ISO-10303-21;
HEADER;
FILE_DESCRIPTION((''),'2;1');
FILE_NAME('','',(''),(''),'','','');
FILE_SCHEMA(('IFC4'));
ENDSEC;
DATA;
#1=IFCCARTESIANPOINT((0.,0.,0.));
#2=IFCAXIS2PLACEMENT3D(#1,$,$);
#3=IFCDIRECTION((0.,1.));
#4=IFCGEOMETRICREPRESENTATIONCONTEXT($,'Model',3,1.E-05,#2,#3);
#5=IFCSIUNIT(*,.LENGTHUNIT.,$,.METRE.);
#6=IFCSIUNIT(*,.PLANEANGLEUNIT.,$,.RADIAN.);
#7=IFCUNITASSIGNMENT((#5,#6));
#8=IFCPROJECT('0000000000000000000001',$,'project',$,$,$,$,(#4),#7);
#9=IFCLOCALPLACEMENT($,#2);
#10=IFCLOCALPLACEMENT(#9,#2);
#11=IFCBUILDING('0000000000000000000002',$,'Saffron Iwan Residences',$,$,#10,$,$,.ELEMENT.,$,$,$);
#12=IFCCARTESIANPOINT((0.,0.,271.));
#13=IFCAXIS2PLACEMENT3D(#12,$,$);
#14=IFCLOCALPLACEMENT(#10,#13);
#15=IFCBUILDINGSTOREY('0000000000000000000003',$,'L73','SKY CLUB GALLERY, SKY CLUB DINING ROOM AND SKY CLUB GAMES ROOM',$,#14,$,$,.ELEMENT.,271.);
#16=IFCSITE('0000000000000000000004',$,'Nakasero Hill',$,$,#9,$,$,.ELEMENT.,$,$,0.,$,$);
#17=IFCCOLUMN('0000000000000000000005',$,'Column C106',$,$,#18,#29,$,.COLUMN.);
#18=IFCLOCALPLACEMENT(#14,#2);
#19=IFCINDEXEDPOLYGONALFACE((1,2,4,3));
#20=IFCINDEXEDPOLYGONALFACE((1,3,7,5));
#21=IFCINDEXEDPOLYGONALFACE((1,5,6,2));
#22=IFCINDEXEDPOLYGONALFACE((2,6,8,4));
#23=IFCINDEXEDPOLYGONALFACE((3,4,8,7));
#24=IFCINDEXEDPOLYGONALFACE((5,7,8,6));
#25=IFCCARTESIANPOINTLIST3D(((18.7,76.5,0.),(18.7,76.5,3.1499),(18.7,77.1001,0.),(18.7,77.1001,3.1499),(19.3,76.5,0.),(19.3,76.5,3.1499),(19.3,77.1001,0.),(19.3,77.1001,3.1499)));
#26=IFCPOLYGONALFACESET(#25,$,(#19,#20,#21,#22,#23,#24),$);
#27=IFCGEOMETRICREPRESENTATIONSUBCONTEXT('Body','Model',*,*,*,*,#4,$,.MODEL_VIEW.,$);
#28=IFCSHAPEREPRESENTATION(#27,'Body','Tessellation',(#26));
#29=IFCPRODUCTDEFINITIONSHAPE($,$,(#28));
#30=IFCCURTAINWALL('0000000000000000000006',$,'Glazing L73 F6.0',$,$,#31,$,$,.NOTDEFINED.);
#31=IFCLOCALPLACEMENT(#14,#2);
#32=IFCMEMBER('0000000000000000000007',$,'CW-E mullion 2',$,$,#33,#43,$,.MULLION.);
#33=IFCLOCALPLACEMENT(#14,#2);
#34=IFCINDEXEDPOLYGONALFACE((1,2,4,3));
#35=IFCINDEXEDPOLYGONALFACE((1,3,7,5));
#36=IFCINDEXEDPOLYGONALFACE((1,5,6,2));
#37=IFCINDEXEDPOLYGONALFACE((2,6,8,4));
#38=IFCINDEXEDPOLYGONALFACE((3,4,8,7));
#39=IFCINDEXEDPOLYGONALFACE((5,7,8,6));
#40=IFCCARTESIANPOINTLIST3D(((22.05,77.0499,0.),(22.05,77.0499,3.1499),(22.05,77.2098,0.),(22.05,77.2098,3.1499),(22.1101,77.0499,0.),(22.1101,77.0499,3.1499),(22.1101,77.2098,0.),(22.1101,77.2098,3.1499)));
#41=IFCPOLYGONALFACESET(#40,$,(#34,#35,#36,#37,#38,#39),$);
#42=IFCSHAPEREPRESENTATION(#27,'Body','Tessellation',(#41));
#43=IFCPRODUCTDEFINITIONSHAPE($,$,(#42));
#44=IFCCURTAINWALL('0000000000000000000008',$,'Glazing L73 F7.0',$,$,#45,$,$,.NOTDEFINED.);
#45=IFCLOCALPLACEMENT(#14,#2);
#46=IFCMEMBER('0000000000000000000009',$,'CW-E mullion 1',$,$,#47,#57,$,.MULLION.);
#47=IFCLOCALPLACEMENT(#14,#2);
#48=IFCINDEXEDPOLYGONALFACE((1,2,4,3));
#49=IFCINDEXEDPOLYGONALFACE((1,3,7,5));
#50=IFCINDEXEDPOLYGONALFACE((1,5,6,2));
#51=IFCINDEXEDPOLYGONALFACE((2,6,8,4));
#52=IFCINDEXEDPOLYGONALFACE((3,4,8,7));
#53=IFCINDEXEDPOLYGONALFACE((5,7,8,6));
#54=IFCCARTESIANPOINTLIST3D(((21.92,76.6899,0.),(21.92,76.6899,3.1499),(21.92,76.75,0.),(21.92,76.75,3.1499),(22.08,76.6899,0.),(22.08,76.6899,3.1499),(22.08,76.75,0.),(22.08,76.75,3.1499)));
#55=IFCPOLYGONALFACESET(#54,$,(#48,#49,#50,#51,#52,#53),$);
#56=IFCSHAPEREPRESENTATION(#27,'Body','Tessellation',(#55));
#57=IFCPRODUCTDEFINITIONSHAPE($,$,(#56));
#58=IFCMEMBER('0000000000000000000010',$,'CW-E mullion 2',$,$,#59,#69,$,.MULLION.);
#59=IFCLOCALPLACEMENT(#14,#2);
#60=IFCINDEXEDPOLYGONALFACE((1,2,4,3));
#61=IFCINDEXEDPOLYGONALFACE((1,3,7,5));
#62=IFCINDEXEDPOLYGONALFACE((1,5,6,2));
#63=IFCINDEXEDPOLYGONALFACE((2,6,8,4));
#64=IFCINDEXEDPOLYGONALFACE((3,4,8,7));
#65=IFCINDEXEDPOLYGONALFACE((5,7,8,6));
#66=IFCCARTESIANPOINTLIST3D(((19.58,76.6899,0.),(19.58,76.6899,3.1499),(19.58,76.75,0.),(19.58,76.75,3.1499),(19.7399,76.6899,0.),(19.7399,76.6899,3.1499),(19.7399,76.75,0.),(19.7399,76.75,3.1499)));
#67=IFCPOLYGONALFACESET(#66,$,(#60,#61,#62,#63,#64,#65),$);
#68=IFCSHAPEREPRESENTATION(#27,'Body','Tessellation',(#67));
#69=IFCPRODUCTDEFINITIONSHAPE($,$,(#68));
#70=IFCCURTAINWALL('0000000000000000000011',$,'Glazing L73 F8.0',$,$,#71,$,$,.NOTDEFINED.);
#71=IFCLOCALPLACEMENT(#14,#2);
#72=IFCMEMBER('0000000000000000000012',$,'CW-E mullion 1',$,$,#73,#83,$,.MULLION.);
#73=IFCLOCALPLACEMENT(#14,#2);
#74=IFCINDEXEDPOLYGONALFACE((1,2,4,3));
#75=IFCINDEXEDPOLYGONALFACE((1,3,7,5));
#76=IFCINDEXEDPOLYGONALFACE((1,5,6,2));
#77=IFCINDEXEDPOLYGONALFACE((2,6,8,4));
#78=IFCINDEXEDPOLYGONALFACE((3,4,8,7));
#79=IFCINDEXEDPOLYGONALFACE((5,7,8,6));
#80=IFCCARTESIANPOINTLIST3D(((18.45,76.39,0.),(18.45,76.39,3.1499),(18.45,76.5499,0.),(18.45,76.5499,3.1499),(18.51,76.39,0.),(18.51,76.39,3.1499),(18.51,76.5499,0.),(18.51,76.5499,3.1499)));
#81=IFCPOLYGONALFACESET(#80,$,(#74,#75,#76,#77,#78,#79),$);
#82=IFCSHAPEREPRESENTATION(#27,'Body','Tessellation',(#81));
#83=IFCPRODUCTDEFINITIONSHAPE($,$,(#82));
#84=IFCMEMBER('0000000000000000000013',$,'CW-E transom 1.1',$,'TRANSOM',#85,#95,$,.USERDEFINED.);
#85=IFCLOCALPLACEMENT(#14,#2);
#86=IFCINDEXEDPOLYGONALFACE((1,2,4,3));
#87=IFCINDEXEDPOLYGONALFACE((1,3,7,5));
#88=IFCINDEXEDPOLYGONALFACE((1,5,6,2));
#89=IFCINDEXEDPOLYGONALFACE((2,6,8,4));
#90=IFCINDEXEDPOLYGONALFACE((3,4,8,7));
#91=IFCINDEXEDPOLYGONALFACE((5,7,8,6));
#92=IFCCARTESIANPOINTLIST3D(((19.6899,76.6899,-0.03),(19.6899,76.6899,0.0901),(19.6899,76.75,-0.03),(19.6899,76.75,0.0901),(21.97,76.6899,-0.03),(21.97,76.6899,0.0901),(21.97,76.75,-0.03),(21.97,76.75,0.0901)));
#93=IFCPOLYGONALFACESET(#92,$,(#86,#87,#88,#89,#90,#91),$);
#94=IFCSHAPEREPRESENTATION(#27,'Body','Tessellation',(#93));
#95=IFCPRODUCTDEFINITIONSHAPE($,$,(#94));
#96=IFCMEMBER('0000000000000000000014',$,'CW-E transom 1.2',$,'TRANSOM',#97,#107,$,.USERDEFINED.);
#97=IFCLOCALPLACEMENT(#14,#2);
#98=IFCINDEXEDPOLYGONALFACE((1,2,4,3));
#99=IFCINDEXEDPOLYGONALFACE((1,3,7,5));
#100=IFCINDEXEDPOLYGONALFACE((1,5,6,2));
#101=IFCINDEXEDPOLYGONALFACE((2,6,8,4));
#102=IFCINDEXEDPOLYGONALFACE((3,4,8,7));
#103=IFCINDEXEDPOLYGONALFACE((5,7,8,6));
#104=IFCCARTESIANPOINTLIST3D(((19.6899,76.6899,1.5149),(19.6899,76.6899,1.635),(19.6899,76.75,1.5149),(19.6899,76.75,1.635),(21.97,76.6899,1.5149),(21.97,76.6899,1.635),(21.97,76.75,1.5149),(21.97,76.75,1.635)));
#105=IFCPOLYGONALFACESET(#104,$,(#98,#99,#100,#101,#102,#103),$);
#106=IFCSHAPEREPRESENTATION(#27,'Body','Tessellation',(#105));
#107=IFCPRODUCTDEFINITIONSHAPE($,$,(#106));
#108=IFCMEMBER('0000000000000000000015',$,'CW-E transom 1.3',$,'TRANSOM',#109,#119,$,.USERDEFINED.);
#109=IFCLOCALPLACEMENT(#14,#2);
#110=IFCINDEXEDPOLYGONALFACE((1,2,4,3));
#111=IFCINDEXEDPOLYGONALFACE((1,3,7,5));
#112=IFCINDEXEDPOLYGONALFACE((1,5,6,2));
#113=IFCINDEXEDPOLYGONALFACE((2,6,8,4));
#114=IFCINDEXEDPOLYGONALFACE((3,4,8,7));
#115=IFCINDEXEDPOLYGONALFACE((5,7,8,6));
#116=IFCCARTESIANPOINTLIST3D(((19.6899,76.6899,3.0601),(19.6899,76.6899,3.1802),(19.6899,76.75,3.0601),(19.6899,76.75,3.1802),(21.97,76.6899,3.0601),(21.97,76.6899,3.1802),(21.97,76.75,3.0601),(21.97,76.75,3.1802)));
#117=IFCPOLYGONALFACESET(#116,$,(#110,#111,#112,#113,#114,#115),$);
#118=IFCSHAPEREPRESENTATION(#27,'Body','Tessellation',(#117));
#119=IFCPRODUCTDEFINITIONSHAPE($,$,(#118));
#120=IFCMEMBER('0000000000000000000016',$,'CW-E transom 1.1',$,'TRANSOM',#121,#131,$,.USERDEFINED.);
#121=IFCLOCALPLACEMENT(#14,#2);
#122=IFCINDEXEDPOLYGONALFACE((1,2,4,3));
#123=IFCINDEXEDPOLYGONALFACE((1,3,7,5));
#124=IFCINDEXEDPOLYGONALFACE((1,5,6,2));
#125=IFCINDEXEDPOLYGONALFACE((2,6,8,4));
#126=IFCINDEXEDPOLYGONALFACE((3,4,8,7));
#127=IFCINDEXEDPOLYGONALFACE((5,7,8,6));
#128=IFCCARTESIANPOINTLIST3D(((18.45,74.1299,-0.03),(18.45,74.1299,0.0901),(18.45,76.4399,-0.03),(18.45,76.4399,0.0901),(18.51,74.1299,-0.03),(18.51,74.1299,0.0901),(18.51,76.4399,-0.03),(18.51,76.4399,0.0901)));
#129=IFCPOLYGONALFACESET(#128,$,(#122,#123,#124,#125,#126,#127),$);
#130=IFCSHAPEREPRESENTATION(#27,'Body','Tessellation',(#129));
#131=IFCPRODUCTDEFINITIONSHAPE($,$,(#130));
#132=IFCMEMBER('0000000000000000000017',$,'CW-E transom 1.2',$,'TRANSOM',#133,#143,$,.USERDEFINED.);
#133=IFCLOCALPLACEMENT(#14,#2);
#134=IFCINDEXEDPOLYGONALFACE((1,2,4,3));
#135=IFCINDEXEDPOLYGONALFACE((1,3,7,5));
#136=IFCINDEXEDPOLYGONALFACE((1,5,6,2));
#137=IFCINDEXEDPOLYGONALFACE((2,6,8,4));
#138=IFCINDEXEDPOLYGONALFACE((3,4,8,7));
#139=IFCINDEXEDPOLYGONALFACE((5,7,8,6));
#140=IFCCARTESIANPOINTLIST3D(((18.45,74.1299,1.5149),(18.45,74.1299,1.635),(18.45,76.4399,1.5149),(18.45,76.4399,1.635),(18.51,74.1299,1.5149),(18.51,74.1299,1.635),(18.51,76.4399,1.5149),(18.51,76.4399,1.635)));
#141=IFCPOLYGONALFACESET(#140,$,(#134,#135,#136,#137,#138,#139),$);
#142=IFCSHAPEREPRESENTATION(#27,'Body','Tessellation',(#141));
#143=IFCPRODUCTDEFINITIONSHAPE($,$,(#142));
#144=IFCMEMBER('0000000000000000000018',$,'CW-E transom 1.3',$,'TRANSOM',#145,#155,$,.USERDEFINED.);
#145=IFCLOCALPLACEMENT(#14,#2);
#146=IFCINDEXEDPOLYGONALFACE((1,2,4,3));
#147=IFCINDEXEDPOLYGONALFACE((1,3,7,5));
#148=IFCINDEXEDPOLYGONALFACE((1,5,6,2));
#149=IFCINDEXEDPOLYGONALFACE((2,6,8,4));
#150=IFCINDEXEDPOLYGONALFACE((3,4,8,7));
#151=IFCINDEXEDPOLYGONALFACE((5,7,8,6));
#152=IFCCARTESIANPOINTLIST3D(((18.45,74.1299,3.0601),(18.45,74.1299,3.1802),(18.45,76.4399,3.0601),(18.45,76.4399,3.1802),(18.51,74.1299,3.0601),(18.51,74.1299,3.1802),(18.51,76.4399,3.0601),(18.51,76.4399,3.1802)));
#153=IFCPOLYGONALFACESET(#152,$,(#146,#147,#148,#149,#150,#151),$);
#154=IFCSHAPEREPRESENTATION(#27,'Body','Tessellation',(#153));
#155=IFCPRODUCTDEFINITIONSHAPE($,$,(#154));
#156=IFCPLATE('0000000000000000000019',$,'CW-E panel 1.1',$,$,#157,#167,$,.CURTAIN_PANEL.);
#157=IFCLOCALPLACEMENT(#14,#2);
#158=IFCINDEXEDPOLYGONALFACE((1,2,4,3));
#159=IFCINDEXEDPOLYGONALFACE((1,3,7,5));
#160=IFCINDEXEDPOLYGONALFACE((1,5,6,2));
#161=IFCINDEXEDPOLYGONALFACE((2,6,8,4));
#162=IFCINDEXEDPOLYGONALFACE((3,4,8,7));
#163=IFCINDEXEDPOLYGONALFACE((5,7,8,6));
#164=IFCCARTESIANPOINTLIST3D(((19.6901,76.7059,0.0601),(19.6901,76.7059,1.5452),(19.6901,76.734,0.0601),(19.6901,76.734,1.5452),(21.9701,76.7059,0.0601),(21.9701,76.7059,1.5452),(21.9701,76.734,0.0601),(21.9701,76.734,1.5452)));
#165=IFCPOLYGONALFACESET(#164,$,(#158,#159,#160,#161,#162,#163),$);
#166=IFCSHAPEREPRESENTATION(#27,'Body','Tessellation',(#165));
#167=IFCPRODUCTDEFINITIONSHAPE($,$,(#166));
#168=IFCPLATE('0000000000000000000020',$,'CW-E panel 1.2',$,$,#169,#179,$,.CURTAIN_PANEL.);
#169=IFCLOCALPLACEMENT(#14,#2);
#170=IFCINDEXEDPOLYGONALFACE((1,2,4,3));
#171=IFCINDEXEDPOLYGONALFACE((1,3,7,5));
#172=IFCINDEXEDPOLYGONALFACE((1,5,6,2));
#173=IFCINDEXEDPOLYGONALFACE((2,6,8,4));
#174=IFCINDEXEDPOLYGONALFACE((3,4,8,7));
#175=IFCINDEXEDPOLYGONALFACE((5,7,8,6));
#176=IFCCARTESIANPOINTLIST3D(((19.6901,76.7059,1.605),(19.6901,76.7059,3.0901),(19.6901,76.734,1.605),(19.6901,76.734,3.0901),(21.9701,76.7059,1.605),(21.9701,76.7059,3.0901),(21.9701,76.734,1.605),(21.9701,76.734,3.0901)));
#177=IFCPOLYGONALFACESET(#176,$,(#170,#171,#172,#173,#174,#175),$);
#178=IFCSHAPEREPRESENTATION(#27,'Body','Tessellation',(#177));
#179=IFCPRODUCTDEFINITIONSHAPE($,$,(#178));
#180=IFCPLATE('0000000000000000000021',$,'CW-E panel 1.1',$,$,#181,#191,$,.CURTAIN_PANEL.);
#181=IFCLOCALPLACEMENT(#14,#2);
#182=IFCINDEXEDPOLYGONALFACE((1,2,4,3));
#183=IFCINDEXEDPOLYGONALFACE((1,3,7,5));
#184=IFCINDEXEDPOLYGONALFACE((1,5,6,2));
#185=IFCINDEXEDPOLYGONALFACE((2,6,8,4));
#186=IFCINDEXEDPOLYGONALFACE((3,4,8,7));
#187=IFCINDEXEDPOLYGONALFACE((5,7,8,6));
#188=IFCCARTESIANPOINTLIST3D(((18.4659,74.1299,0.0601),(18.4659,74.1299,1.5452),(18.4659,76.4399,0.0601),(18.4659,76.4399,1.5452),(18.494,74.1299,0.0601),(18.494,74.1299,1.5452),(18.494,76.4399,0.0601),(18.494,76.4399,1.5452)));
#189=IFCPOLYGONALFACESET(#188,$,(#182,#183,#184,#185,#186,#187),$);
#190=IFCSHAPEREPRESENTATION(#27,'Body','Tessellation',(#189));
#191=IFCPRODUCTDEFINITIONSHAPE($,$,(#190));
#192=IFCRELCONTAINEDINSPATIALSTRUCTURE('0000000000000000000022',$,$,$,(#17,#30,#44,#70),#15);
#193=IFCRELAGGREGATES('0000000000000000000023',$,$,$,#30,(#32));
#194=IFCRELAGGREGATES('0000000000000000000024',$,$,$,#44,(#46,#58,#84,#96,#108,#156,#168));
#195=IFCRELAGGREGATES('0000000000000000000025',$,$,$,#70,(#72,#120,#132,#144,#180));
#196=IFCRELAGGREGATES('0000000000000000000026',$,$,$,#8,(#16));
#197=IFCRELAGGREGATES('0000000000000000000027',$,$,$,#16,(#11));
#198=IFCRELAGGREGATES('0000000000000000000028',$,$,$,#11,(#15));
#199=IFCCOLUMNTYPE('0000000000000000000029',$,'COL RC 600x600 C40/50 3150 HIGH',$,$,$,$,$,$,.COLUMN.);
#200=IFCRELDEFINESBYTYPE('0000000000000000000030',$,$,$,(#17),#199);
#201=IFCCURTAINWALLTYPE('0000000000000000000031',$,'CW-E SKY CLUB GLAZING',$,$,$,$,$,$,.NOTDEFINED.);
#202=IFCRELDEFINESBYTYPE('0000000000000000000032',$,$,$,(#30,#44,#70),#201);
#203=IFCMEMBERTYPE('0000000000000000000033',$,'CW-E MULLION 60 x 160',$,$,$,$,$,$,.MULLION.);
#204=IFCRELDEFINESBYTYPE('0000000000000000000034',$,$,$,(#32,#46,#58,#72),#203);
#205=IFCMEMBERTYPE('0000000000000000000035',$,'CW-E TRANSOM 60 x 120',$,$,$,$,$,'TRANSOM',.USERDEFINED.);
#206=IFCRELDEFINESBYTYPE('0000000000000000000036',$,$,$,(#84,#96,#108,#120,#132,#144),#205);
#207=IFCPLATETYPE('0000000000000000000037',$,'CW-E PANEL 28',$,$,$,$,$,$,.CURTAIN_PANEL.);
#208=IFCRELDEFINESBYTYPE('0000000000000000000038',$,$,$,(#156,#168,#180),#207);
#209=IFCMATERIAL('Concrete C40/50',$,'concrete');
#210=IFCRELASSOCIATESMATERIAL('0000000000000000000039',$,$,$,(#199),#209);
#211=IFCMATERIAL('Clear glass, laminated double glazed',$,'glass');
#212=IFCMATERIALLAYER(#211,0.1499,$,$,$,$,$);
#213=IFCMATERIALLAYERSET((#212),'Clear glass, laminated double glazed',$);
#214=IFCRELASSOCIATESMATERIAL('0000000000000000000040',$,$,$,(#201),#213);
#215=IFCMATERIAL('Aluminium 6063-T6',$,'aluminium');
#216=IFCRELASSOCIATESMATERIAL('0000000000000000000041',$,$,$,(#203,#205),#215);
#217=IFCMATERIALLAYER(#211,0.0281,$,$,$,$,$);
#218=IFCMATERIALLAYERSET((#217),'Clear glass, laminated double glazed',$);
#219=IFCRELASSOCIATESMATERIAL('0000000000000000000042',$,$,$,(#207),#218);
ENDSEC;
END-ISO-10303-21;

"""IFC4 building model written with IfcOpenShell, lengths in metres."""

from ifc_helpers import new_model, si_unit, direction, frame, origin, origin_2d, place, context, subcontext, project, spatial, rectangle, extrude, source, transform, mapped, material, layer, layer_set, material_profile, profile_set, type_object, element, aggregate, save


model = new_model("IFC4")

# Units and contexts
model_context = context("Model", 3, precision=1e-05, world=origin(), true_north=direction((0.0, 1.0)))
body_context = subcontext(model_context, "Body", "Model", "MODEL_VIEW")
ifc_project = project(units=[si_unit("LENGTHUNIT", "METRE"), si_unit("PLANEANGLEUNIT", "RADIAN")], contexts=[model_context])

# Site, building, storey
site_placement = place(None, origin())
site = spatial("IfcSite", under=ifc_project, at=site_placement, Name="Nakasero Hill", CompositionType="ELEMENT", RefElevation=0.0)
building_placement = place(site_placement, origin())
building = spatial("IfcBuilding", under=site, at=building_placement, Name="Saffron Iwan Residences", CompositionType="ELEMENT")
storey_placement = place(building_placement, frame((0.0, 0.0, 271.0)))
storey = spatial("IfcBuildingStorey", under=building, at=storey_placement, Name="L73", Description="SKY CLUB GALLERY, SKY CLUB DINING ROOM AND SKY CLUB GAMES ROOM", CompositionType="ELEMENT", Elevation=271.0)

# Column
ifc_material_1 = material(Name="Concrete C40/50", Category="concrete")
ifc_material_profile_1 = material_profile(ifc_material_1, rectangle(XDim=0.6001, YDim=0.6001, at=origin_2d()), Name="RC 600x600")
ifc_profile_set_1 = profile_set([ifc_material_profile_1], Name="Concrete C40/50")
column_type = type_object("IfcColumnType", Name="COL RC 600x600 C40/50 3150 HIGH", PredefinedType="COLUMN", material=ifc_profile_set_1)
shared_shape_1 = source(origin(), body_context, "Body", "SweptSolid", [
    extrude(rectangle(XDim=0.6001, YDim=0.6001, at=origin_2d()), origin(), (0.0, 0.0, 1.0), 3.1499),
])
column_placement = place(storey_placement, frame((19.0, 76.8, 0.0), z_axis=(0.0, 0.0, 1.0), x_axis=(1.0, 0.0, 0.0)))
element("IfcColumn", 1, at=column_placement, inside=storey, type_object=column_type, Name="Column C106", PredefinedType="COLUMN", context=body_context, shape_type="MappedRepresentation", body=[
    mapped(shared_shape_1, transform((0.0, 0.0, 0.0))),
])

# Curtain wall, member
ifc_material_2 = material(Name="Clear glass, laminated double glazed", Category="glass")
ifc_layer_1 = layer(ifc_material_2, 0.1499)
ifc_layer_set_1 = layer_set([ifc_layer_1], Name="Clear glass, laminated double glazed")
curtain_wall_type = type_object("IfcCurtainWallType", Name="CW-E SKY CLUB GLAZING", PredefinedType="NOTDEFINED", material=ifc_layer_set_1)
curtain_wall_1_placement = place(storey_placement, origin())
curtain_wall_1 = element("IfcCurtainWall", 2, at=curtain_wall_1_placement, inside=storey, type_object=curtain_wall_type, Name="Glazing L73 F6.0", PredefinedType="NOTDEFINED")
ifc_material_3 = material(Name="Aluminium 6063-T6", Category="aluminium")
ifc_material_profile_2 = material_profile(ifc_material_3, rectangle(XDim=0.0601, YDim=0.1599, at=origin_2d()), Name="CW-E MULLION 60 x 160")
ifc_profile_set_2 = profile_set([ifc_material_profile_2], Name="Aluminium 6063-T6")
member_type_1 = type_object("IfcMemberType", Name="CW-E MULLION 60 x 160", PredefinedType="MULLION", material=ifc_profile_set_2)
shared_shape_2 = source(origin(), body_context, "Body", "SweptSolid", [
    extrude(rectangle(XDim=0.0601, YDim=0.1599, at=origin_2d()), origin(), (0.0, 0.0, 1.0), 3.1499),
])
member_1_placement = place(storey_placement, frame((22.0801, 77.1299, 0.0), z_axis=(0.0, 0.0, 1.0), x_axis=(1.0, 0.0, 0.0)))
member_1 = element("IfcMember", 3, at=member_1_placement, type_object=member_type_1, Name="CW-E mullion 2", PredefinedType="MULLION", context=body_context, shape_type="MappedRepresentation", body=[
    mapped(shared_shape_2, transform((0.0, 0.0, 0.0))),
])
aggregate(curtain_wall_1, [member_1])

# Curtain wall, members
curtain_wall_2_placement = place(storey_placement, origin())
curtain_wall_2 = element("IfcCurtainWall", 4, at=curtain_wall_2_placement, inside=storey, type_object=curtain_wall_type, Name="Glazing L73 F7.0", PredefinedType="NOTDEFINED")
member_2_placement = place(storey_placement, frame((22.0, 76.72, 0.0), z_axis=(0.0, 0.0, 1.0), x_axis=(0.0, -1.0, 0.0)))
member_2 = element("IfcMember", 5, at=member_2_placement, type_object=member_type_1, Name="CW-E mullion 1", PredefinedType="MULLION", context=body_context, shape_type="MappedRepresentation", body=[
    mapped(shared_shape_2, transform((0.0, 0.0, 0.0))),
])
member_3_placement = place(storey_placement, frame((19.6599, 76.72, 0.0), z_axis=(0.0, 0.0, 1.0), x_axis=(0.0, -1.0, 0.0)))
member_3 = element("IfcMember", 6, at=member_3_placement, type_object=member_type_1, Name="CW-E mullion 2", PredefinedType="MULLION", context=body_context, shape_type="MappedRepresentation", body=[
    mapped(shared_shape_2, transform((0.0, 0.0, 0.0))),
])

# Curtain wall, member
curtain_wall_3_placement = place(storey_placement, origin())
curtain_wall_3 = element("IfcCurtainWall", 7, at=curtain_wall_3_placement, inside=storey, type_object=curtain_wall_type, Name="Glazing L73 F8.0", PredefinedType="NOTDEFINED")
member_4_placement = place(storey_placement, frame((18.48, 76.47, 0.0), z_axis=(0.0, 0.0, 1.0), x_axis=(1.0, 0.0, 0.0)))
member_4 = element("IfcMember", 8, at=member_4_placement, type_object=member_type_1, Name="CW-E mullion 1", PredefinedType="MULLION", context=body_context, shape_type="MappedRepresentation", body=[
    mapped(shared_shape_2, transform((0.0, 0.0, 0.0))),
])

# Members
ifc_material_profile_3 = material_profile(ifc_material_3, rectangle(XDim=0.0601, YDim=0.1201, at=origin_2d()), Name="CW-E TRANSOM 60 x 120")
ifc_profile_set_3 = profile_set([ifc_material_profile_3], Name="Aluminium 6063-T6")
member_type_2 = type_object("IfcMemberType", Name="CW-E TRANSOM 60 x 120", ElementType="TRANSOM", PredefinedType="USERDEFINED", material=ifc_profile_set_3)
shared_shape_3 = source(origin(), body_context, "Body", "SweptSolid", [
    extrude(rectangle(XDim=0.0601, YDim=0.1201, at=origin_2d()), origin(), (0.0, 0.0, 1.0), 2.28),
])
member_5_placement = place(storey_placement, frame((21.97, 76.72, 0.03), z_axis=(-1.0, 0.0, 0.0), x_axis=(0.0, -1.0, 0.0)))
member_5 = element("IfcMember", 9, at=member_5_placement, type_object=member_type_2, Name="CW-E transom 1.1", ObjectType="TRANSOM", PredefinedType="USERDEFINED", context=body_context, shape_type="MappedRepresentation", body=[
    mapped(shared_shape_3, transform((0.0, 0.0, 0.0))),
])
member_6_placement = place(storey_placement, frame((21.97, 76.72, 1.575), z_axis=(-1.0, 0.0, 0.0), x_axis=(0.0, -1.0, 0.0)))
member_6 = element("IfcMember", 10, at=member_6_placement, type_object=member_type_2, Name="CW-E transom 1.2", ObjectType="TRANSOM", PredefinedType="USERDEFINED", context=body_context, shape_type="MappedRepresentation", body=[
    mapped(shared_shape_3, transform((0.0, 0.0, 0.0))),
])
member_7_placement = place(storey_placement, frame((21.97, 76.72, 3.1201), z_axis=(-1.0, 0.0, 0.0), x_axis=(0.0, -1.0, 0.0)))
member_7 = element("IfcMember", 11, at=member_7_placement, type_object=member_type_2, Name="CW-E transom 1.3", ObjectType="TRANSOM", PredefinedType="USERDEFINED", context=body_context, shape_type="MappedRepresentation", body=[
    mapped(shared_shape_3, transform((0.0, 0.0, 0.0))),
])
shared_shape_4 = source(origin(), body_context, "Body", "SweptSolid", [
    extrude(rectangle(XDim=0.0601, YDim=0.1201, at=origin_2d()), origin(), (0.0, 0.0, 1.0), 2.3101),
])
member_8_placement = place(storey_placement, frame((18.48, 76.4399, 0.03), z_axis=(0.0, -1.0, 0.0), x_axis=(1.0, 0.0, 0.0)))
member_8 = element("IfcMember", 12, at=member_8_placement, type_object=member_type_2, Name="CW-E transom 1.1", ObjectType="TRANSOM", PredefinedType="USERDEFINED", context=body_context, shape_type="MappedRepresentation", body=[
    mapped(shared_shape_4, transform((0.0, 0.0, 0.0))),
])
member_9_placement = place(storey_placement, frame((18.48, 76.4399, 1.575), z_axis=(0.0, -1.0, 0.0), x_axis=(1.0, 0.0, 0.0)))
member_9 = element("IfcMember", 13, at=member_9_placement, type_object=member_type_2, Name="CW-E transom 1.2", ObjectType="TRANSOM", PredefinedType="USERDEFINED", context=body_context, shape_type="MappedRepresentation", body=[
    mapped(shared_shape_4, transform((0.0, 0.0, 0.0))),
])
member_10_placement = place(storey_placement, frame((18.48, 76.4399, 3.1201), z_axis=(0.0, -1.0, 0.0), x_axis=(1.0, 0.0, 0.0)))
member_10 = element("IfcMember", 14, at=member_10_placement, type_object=member_type_2, Name="CW-E transom 1.3", ObjectType="TRANSOM", PredefinedType="USERDEFINED", context=body_context, shape_type="MappedRepresentation", body=[
    mapped(shared_shape_4, transform((0.0, 0.0, 0.0))),
])

# Plates
ifc_layer_2 = layer(ifc_material_2, 0.0281)
ifc_layer_set_2 = layer_set([ifc_layer_2], Name="Clear glass, laminated double glazed")
plate_type = type_object("IfcPlateType", Name="CW-E PANEL 28", PredefinedType="CURTAIN_PANEL", material=ifc_layer_set_2)
shared_shape_5 = source(origin(), body_context, "Body", "SweptSolid", [
    extrude(rectangle(XDim=2.28, YDim=0.0281, at=origin_2d()), origin(), (0.0, 0.0, 1.0), 1.4851),
])
plate_1_placement = place(storey_placement, frame((20.8301, 76.72, 0.0601), z_axis=(0.0, 0.0, 1.0), x_axis=(-1.0, 0.0, 0.0)))
plate_1 = element("IfcPlate", 15, at=plate_1_placement, type_object=plate_type, Name="CW-E panel 1.1", PredefinedType="CURTAIN_PANEL", context=body_context, shape_type="MappedRepresentation", body=[
    mapped(shared_shape_5, transform((0.0, 0.0, 0.0))),
])
plate_2_placement = place(storey_placement, frame((20.8301, 76.72, 1.605), z_axis=(0.0, 0.0, 1.0), x_axis=(-1.0, 0.0, 0.0)))
plate_2 = element("IfcPlate", 16, at=plate_2_placement, type_object=plate_type, Name="CW-E panel 1.2", PredefinedType="CURTAIN_PANEL", context=body_context, shape_type="MappedRepresentation", body=[
    mapped(shared_shape_5, transform((0.0, 0.0, 0.0))),
])
aggregate(curtain_wall_2, [member_2, member_3, member_5, member_6, member_7, plate_1, plate_2])
shared_shape_6 = source(origin(), body_context, "Body", "SweptSolid", [
    extrude(rectangle(XDim=2.3101, YDim=0.0281, at=origin_2d()), origin(), (0.0, 0.0, 1.0), 1.4851),
])
plate_3_placement = place(storey_placement, frame((18.48, 75.2849, 0.0601), z_axis=(0.0, 0.0, 1.0), x_axis=(0.0, -1.0, 0.0)))
plate_3 = element("IfcPlate", 17, at=plate_3_placement, type_object=plate_type, Name="CW-E panel 1.1", PredefinedType="CURTAIN_PANEL", context=body_context, shape_type="MappedRepresentation", body=[
    mapped(shared_shape_6, transform((0.0, 0.0, 0.0))),
])
aggregate(curtain_wall_3, [member_4, member_8, member_9, member_10, plate_3])

save(model, "model.ifc")
